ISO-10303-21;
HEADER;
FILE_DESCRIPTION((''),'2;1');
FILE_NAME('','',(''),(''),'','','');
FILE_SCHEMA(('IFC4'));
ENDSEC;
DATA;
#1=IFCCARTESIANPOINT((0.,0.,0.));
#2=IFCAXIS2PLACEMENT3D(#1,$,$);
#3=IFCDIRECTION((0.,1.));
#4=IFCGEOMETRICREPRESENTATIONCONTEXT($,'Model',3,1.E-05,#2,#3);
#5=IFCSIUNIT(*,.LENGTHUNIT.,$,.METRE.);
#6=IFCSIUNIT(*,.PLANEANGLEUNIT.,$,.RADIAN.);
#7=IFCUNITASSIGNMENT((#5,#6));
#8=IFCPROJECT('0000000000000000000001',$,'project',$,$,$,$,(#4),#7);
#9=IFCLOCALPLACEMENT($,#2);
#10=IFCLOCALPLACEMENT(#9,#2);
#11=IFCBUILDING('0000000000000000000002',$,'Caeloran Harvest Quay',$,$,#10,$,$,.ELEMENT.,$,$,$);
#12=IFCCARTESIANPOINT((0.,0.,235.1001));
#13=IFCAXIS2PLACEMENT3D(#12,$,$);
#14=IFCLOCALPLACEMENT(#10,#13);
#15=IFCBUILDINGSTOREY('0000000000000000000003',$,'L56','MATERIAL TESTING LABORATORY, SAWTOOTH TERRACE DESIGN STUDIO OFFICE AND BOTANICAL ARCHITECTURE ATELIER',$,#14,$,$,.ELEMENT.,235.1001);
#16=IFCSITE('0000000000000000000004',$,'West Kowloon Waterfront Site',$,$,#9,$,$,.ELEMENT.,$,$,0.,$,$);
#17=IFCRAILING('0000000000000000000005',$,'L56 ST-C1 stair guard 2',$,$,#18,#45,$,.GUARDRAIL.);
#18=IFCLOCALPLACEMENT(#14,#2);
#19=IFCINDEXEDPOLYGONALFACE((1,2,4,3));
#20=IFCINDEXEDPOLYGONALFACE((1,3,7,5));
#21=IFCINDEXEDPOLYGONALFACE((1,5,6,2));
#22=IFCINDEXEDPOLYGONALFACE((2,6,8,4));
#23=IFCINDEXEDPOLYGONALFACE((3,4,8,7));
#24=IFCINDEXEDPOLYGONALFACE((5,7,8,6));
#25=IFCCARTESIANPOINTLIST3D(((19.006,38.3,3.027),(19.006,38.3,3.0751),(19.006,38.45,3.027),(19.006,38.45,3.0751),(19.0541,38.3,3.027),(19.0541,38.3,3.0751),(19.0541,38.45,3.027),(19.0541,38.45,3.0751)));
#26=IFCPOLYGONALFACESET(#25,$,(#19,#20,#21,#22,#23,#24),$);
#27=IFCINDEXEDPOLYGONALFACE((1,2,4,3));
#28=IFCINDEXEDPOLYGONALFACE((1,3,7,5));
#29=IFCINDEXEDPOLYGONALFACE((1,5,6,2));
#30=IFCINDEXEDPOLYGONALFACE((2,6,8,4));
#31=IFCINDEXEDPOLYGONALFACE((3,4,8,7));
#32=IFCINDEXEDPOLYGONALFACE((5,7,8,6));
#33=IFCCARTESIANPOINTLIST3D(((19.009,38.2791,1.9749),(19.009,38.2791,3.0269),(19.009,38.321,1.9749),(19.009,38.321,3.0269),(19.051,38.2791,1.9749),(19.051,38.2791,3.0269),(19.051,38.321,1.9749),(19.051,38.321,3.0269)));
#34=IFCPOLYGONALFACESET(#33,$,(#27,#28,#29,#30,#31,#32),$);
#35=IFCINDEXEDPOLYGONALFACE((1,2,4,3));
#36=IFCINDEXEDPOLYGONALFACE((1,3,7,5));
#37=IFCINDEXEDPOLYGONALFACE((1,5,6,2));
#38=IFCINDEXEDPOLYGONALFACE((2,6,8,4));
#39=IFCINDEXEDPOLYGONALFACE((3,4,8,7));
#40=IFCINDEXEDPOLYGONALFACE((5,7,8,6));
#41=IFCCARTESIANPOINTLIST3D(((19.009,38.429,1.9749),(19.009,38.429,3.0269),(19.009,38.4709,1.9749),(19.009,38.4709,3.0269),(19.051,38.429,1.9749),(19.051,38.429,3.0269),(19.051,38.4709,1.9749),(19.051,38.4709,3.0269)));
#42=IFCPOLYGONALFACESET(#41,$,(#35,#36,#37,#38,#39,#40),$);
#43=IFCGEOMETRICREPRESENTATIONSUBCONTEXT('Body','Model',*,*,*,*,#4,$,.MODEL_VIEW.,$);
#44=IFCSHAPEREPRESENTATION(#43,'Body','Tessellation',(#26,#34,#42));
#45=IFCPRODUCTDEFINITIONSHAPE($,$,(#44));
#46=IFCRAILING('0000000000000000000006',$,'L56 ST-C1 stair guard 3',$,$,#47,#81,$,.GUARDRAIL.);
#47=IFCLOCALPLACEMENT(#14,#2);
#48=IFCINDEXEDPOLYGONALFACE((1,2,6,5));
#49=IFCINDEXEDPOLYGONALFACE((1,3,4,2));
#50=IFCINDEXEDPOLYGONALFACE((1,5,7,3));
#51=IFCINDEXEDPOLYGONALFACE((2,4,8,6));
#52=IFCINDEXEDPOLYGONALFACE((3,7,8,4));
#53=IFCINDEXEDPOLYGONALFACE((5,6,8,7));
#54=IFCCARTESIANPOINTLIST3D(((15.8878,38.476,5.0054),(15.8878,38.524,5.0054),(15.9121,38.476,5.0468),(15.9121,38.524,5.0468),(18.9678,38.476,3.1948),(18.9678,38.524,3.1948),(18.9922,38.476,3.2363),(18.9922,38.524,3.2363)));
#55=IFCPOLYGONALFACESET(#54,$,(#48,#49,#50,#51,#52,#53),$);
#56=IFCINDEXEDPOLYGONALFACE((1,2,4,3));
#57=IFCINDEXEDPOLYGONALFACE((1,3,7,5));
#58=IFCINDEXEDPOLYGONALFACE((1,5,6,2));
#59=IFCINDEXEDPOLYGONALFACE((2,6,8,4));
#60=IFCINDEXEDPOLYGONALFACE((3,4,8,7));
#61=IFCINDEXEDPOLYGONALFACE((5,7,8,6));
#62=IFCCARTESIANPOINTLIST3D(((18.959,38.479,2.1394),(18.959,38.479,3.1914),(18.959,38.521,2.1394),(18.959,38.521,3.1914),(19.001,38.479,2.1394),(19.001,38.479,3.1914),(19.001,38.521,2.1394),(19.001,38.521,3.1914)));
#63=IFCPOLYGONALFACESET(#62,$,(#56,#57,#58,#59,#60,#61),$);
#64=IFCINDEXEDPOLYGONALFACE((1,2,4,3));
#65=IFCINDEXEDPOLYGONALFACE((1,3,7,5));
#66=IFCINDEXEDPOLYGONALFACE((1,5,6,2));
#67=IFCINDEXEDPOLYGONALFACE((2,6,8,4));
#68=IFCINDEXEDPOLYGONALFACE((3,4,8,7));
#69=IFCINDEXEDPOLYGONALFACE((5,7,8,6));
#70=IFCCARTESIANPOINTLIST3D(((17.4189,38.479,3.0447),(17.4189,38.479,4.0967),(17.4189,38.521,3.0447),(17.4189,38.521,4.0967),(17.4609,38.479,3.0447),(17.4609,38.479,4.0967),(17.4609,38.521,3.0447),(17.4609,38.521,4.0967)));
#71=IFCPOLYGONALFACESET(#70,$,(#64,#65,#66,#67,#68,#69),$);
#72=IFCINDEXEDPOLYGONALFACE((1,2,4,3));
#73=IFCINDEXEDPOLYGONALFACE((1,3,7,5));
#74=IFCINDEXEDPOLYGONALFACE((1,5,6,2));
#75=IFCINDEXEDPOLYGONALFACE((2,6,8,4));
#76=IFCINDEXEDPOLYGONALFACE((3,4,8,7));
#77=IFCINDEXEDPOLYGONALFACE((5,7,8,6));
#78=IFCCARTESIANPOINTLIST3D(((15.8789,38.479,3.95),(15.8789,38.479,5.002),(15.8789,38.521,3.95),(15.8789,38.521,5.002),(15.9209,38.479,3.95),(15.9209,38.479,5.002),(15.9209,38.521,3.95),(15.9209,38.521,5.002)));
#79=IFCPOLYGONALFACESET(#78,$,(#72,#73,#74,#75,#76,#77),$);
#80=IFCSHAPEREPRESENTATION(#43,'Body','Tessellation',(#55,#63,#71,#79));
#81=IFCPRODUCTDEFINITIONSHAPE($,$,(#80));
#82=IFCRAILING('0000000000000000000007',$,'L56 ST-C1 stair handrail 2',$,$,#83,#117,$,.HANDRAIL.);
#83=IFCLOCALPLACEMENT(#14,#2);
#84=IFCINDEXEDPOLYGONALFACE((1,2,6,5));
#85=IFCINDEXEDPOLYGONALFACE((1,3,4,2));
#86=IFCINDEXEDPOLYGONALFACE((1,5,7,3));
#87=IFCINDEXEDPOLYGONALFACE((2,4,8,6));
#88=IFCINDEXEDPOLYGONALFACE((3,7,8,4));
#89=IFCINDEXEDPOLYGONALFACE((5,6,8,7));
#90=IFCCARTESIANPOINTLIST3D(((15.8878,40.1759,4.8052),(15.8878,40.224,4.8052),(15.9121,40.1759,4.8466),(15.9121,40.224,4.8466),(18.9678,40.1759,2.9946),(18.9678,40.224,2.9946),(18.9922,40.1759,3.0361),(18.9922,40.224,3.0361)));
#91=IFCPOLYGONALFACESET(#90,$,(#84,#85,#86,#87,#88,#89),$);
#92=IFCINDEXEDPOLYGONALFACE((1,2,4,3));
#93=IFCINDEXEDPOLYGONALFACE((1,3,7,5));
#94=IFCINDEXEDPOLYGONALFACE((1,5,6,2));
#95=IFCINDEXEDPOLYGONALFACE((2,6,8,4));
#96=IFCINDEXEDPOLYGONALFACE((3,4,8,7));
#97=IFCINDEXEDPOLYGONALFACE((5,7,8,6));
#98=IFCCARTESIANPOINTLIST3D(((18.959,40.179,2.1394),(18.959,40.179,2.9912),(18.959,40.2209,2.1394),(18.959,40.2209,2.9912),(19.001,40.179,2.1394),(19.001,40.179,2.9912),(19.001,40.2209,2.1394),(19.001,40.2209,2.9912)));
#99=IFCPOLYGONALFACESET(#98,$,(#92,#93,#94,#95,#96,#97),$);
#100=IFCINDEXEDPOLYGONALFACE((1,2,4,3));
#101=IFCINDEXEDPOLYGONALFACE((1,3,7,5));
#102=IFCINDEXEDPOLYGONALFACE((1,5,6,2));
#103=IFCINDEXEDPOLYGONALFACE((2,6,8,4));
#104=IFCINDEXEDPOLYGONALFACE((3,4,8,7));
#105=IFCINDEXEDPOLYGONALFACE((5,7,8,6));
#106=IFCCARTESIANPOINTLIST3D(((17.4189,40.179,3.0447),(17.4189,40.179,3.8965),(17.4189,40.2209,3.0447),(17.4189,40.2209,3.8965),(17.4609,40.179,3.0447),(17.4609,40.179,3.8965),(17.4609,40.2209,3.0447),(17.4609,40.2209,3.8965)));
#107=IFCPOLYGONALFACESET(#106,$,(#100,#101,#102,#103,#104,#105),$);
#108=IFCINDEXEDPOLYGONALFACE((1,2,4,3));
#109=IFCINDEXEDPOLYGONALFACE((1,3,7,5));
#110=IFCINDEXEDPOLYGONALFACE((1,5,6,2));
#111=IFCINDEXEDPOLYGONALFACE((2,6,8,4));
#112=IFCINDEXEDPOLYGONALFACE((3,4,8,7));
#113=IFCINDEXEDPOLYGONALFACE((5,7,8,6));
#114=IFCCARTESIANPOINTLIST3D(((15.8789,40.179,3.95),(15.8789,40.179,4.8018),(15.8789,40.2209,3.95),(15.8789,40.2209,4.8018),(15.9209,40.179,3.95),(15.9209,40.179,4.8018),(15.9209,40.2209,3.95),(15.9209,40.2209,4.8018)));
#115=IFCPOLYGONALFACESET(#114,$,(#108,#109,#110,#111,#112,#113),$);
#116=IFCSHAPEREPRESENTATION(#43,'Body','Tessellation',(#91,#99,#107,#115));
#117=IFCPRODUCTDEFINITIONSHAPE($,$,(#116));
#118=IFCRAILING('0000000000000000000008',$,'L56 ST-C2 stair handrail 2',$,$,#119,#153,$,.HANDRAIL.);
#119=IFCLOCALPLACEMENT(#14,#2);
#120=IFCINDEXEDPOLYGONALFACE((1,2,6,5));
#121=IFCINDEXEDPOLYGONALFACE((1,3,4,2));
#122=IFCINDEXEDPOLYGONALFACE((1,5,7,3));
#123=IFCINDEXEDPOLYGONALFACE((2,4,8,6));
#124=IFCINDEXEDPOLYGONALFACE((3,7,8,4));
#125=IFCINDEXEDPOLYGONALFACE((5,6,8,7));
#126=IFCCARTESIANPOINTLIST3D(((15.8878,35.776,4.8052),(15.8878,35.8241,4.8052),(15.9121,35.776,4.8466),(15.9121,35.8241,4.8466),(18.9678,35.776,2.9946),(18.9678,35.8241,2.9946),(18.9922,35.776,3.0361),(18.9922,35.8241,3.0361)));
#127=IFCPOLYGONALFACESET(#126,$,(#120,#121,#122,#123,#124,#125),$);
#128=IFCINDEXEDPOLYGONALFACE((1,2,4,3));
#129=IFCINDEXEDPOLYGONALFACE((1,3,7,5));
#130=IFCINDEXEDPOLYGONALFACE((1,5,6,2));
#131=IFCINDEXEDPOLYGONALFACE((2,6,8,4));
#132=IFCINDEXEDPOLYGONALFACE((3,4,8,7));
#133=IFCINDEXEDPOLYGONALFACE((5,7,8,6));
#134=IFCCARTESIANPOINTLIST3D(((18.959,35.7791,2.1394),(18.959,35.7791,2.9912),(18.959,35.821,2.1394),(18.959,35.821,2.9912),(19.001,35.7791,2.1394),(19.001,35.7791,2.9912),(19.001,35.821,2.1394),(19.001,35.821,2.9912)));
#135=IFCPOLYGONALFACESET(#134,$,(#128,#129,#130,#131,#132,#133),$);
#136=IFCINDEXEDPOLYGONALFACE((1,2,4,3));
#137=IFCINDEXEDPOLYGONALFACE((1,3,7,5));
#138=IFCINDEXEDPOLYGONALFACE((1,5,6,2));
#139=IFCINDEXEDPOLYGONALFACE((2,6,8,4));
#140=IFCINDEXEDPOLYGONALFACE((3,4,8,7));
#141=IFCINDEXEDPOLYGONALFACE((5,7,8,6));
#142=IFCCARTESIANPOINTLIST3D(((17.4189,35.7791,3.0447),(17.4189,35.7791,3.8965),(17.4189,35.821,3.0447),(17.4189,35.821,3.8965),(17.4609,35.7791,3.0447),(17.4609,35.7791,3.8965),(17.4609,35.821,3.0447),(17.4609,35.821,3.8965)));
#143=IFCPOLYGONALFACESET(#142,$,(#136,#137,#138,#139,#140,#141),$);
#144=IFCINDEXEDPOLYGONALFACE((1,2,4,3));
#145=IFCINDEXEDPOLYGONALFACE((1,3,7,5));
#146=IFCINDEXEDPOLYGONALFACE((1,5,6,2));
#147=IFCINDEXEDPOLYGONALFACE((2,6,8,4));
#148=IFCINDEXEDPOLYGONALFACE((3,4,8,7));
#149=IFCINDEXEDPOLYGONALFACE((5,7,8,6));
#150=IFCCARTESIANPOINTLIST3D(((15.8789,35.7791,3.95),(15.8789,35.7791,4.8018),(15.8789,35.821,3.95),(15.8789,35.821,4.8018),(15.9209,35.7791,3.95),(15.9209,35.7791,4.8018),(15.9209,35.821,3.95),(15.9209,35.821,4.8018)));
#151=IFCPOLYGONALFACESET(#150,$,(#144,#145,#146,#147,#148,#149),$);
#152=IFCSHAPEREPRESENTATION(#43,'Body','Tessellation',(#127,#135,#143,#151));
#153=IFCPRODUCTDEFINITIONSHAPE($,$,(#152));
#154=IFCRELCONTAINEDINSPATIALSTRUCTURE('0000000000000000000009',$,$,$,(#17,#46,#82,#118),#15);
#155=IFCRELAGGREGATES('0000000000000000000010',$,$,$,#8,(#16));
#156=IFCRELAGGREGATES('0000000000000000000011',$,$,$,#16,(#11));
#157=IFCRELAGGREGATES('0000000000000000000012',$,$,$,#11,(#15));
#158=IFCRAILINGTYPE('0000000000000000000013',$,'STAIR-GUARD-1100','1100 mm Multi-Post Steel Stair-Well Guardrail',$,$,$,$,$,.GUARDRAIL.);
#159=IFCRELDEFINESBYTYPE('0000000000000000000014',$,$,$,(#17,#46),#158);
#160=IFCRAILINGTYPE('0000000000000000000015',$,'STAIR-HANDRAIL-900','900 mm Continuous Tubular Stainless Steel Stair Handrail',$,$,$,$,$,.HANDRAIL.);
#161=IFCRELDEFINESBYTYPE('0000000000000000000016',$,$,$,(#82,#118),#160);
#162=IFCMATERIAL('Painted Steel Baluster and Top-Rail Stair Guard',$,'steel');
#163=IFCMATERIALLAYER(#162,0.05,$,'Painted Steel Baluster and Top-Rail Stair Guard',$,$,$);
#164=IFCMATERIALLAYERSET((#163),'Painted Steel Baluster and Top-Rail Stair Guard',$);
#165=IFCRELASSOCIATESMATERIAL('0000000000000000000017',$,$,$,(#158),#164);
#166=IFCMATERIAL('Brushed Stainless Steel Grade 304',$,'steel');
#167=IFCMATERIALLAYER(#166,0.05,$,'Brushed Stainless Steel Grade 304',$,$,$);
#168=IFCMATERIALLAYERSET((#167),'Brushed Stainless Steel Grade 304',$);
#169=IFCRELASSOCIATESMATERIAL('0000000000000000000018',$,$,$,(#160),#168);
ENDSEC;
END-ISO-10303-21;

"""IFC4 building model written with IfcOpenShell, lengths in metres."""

from ifc_helpers import new_model, si_unit, direction, frame, origin, origin_2d, place, context, subcontext, project, spatial, rectangle, extrude, material, layer, layer_set, type_object, element, save


model = new_model("IFC4")

# Units and contexts
model_context = context("Model", 3, precision=1e-05, world=origin(), true_north=direction((0.0, 1.0)))
body_context = subcontext(model_context, "Body", "Model", "MODEL_VIEW")
ifc_project = project(units=[si_unit("LENGTHUNIT", "METRE"), si_unit("PLANEANGLEUNIT", "RADIAN")], contexts=[model_context])

# Site, building, storey
site_placement = place(None, origin())
site = spatial("IfcSite", under=ifc_project, at=site_placement, Name="West Kowloon Waterfront Site", CompositionType="ELEMENT", RefElevation=0.0)
building_placement = place(site_placement, origin())
building = spatial("IfcBuilding", under=site, at=building_placement, Name="Caeloran Harvest Quay", CompositionType="ELEMENT")
storey_placement = place(building_placement, frame((0.0, 0.0, 235.1001)))
storey = spatial("IfcBuildingStorey", under=building, at=storey_placement, Name="L56", Description="MATERIAL TESTING LABORATORY, SAWTOOTH TERRACE DESIGN STUDIO OFFICE AND BOTANICAL ARCHITECTURE ATELIER", CompositionType="ELEMENT", Elevation=235.1001)

# Railings
ifc_material_1 = material(Name="Painted Steel Baluster and Top-Rail Stair Guard", Category="steel")
ifc_layer_1 = layer(ifc_material_1, 0.05, Name="Painted Steel Baluster and Top-Rail Stair Guard")
ifc_layer_set_1 = layer_set([ifc_layer_1], Name="Painted Steel Baluster and Top-Rail Stair Guard")
railing_type_1 = type_object("IfcRailingType", Name="STAIR-GUARD-1100", Description="1100 mm Multi-Post Steel Stair-Well Guardrail", PredefinedType="GUARDRAIL", material=ifc_layer_set_1)
railing_1_placement = place(storey_placement, frame((19.03, 38.3, 1.9749)))
element("IfcRailing", 1, at=railing_1_placement, inside=storey, type_object=railing_type_1, Name="L56 ST-C1 stair guard 2", PredefinedType="GUARDRAIL", context=body_context, shape_type="SweptSolid", body=[
    extrude(rectangle(XDim=0.0481, YDim=0.0481, at=origin_2d()), frame((0.0, 0.0, 1.0762), z_axis=(0.0, 1.0, 0.0), x_axis=(-1.0, 0.0, 0.0)), (0.0, 0.0, 1.0), 0.1499),
    extrude(rectangle(XDim=0.042, YDim=0.042, at=origin_2d()), origin(), (0.0, 0.0, 1.0), 1.052),
    extrude(rectangle(XDim=0.042, YDim=0.042, at=origin_2d()), frame((0.0, 0.1499, 0.0)), (0.0, 0.0, 1.0), 1.052),
])
railing_2_placement = place(storey_placement, frame((18.98, 38.5, 2.1394)))
element("IfcRailing", 2, at=railing_2_placement, inside=storey, type_object=railing_type_1, Name="L56 ST-C1 stair guard 3", PredefinedType="GUARDRAIL", context=body_context, shape_type="SweptSolid", body=[
    extrude(rectangle(XDim=0.0481, YDim=0.0481, at=origin_2d()), frame((0.0, 0.0, 1.0762), z_axis=(-0.862089, 0.0, 0.506757), x_axis=(0.0, -1.0, 0.0)), (0.0, 0.0, 1.0), 3.5728),
    extrude(rectangle(XDim=0.042, YDim=0.042, at=origin_2d()), origin(), (0.0, 0.0, 1.0), 1.052),
    extrude(rectangle(XDim=0.042, YDim=0.042, at=origin_2d()), frame((-1.54, 0.0, 0.9053)), (0.0, 0.0, 1.0), 1.052),
    extrude(rectangle(XDim=0.042, YDim=0.042, at=origin_2d()), frame((-3.0801, 0.0, 1.8105)), (0.0, 0.0, 1.0), 1.052),
])
ifc_material_2 = material(Name="Brushed Stainless Steel Grade 304", Category="steel")
ifc_layer_2 = layer(ifc_material_2, 0.05, Name="Brushed Stainless Steel Grade 304")
ifc_layer_set_2 = layer_set([ifc_layer_2], Name="Brushed Stainless Steel Grade 304")
railing_type_2 = type_object("IfcRailingType", Name="STAIR-HANDRAIL-900", Description="900 mm Continuous Tubular Stainless Steel Stair Handrail", PredefinedType="HANDRAIL", material=ifc_layer_set_2)
for number, where, name in (
    (3, (18.98, 40.2, 2.1394), "L56 ST-C1 stair handrail 2"),
    (4, (18.98, 35.8, 2.1394), "L56 ST-C2 stair handrail 2"),
):
    element("IfcRailing", number, at=place(storey_placement, frame(where)), inside=storey, type_object=railing_type_2, Name=name, PredefinedType="HANDRAIL", context=body_context, shape_type="SweptSolid", body=[
        extrude(rectangle(XDim=0.0481, YDim=0.0481, at=origin_2d()), frame((0.0, 0.0, 0.876), z_axis=(-0.862089, 0.0, 0.506757), x_axis=(0.0, -1.0, 0.0)), (0.0, 0.0, 1.0), 3.5728),
        extrude(rectangle(XDim=0.042, YDim=0.042, at=origin_2d()), origin(), (0.0, 0.0, 1.0), 0.8518),
        extrude(rectangle(XDim=0.042, YDim=0.042, at=origin_2d()), frame((-1.54, 0.0, 0.9053)), (0.0, 0.0, 1.0), 0.8518),
        extrude(rectangle(XDim=0.042, YDim=0.042, at=origin_2d()), frame((-3.0801, 0.0, 1.8105)), (0.0, 0.0, 1.0), 0.8518),
    ])

save(model, "model.ifc")
